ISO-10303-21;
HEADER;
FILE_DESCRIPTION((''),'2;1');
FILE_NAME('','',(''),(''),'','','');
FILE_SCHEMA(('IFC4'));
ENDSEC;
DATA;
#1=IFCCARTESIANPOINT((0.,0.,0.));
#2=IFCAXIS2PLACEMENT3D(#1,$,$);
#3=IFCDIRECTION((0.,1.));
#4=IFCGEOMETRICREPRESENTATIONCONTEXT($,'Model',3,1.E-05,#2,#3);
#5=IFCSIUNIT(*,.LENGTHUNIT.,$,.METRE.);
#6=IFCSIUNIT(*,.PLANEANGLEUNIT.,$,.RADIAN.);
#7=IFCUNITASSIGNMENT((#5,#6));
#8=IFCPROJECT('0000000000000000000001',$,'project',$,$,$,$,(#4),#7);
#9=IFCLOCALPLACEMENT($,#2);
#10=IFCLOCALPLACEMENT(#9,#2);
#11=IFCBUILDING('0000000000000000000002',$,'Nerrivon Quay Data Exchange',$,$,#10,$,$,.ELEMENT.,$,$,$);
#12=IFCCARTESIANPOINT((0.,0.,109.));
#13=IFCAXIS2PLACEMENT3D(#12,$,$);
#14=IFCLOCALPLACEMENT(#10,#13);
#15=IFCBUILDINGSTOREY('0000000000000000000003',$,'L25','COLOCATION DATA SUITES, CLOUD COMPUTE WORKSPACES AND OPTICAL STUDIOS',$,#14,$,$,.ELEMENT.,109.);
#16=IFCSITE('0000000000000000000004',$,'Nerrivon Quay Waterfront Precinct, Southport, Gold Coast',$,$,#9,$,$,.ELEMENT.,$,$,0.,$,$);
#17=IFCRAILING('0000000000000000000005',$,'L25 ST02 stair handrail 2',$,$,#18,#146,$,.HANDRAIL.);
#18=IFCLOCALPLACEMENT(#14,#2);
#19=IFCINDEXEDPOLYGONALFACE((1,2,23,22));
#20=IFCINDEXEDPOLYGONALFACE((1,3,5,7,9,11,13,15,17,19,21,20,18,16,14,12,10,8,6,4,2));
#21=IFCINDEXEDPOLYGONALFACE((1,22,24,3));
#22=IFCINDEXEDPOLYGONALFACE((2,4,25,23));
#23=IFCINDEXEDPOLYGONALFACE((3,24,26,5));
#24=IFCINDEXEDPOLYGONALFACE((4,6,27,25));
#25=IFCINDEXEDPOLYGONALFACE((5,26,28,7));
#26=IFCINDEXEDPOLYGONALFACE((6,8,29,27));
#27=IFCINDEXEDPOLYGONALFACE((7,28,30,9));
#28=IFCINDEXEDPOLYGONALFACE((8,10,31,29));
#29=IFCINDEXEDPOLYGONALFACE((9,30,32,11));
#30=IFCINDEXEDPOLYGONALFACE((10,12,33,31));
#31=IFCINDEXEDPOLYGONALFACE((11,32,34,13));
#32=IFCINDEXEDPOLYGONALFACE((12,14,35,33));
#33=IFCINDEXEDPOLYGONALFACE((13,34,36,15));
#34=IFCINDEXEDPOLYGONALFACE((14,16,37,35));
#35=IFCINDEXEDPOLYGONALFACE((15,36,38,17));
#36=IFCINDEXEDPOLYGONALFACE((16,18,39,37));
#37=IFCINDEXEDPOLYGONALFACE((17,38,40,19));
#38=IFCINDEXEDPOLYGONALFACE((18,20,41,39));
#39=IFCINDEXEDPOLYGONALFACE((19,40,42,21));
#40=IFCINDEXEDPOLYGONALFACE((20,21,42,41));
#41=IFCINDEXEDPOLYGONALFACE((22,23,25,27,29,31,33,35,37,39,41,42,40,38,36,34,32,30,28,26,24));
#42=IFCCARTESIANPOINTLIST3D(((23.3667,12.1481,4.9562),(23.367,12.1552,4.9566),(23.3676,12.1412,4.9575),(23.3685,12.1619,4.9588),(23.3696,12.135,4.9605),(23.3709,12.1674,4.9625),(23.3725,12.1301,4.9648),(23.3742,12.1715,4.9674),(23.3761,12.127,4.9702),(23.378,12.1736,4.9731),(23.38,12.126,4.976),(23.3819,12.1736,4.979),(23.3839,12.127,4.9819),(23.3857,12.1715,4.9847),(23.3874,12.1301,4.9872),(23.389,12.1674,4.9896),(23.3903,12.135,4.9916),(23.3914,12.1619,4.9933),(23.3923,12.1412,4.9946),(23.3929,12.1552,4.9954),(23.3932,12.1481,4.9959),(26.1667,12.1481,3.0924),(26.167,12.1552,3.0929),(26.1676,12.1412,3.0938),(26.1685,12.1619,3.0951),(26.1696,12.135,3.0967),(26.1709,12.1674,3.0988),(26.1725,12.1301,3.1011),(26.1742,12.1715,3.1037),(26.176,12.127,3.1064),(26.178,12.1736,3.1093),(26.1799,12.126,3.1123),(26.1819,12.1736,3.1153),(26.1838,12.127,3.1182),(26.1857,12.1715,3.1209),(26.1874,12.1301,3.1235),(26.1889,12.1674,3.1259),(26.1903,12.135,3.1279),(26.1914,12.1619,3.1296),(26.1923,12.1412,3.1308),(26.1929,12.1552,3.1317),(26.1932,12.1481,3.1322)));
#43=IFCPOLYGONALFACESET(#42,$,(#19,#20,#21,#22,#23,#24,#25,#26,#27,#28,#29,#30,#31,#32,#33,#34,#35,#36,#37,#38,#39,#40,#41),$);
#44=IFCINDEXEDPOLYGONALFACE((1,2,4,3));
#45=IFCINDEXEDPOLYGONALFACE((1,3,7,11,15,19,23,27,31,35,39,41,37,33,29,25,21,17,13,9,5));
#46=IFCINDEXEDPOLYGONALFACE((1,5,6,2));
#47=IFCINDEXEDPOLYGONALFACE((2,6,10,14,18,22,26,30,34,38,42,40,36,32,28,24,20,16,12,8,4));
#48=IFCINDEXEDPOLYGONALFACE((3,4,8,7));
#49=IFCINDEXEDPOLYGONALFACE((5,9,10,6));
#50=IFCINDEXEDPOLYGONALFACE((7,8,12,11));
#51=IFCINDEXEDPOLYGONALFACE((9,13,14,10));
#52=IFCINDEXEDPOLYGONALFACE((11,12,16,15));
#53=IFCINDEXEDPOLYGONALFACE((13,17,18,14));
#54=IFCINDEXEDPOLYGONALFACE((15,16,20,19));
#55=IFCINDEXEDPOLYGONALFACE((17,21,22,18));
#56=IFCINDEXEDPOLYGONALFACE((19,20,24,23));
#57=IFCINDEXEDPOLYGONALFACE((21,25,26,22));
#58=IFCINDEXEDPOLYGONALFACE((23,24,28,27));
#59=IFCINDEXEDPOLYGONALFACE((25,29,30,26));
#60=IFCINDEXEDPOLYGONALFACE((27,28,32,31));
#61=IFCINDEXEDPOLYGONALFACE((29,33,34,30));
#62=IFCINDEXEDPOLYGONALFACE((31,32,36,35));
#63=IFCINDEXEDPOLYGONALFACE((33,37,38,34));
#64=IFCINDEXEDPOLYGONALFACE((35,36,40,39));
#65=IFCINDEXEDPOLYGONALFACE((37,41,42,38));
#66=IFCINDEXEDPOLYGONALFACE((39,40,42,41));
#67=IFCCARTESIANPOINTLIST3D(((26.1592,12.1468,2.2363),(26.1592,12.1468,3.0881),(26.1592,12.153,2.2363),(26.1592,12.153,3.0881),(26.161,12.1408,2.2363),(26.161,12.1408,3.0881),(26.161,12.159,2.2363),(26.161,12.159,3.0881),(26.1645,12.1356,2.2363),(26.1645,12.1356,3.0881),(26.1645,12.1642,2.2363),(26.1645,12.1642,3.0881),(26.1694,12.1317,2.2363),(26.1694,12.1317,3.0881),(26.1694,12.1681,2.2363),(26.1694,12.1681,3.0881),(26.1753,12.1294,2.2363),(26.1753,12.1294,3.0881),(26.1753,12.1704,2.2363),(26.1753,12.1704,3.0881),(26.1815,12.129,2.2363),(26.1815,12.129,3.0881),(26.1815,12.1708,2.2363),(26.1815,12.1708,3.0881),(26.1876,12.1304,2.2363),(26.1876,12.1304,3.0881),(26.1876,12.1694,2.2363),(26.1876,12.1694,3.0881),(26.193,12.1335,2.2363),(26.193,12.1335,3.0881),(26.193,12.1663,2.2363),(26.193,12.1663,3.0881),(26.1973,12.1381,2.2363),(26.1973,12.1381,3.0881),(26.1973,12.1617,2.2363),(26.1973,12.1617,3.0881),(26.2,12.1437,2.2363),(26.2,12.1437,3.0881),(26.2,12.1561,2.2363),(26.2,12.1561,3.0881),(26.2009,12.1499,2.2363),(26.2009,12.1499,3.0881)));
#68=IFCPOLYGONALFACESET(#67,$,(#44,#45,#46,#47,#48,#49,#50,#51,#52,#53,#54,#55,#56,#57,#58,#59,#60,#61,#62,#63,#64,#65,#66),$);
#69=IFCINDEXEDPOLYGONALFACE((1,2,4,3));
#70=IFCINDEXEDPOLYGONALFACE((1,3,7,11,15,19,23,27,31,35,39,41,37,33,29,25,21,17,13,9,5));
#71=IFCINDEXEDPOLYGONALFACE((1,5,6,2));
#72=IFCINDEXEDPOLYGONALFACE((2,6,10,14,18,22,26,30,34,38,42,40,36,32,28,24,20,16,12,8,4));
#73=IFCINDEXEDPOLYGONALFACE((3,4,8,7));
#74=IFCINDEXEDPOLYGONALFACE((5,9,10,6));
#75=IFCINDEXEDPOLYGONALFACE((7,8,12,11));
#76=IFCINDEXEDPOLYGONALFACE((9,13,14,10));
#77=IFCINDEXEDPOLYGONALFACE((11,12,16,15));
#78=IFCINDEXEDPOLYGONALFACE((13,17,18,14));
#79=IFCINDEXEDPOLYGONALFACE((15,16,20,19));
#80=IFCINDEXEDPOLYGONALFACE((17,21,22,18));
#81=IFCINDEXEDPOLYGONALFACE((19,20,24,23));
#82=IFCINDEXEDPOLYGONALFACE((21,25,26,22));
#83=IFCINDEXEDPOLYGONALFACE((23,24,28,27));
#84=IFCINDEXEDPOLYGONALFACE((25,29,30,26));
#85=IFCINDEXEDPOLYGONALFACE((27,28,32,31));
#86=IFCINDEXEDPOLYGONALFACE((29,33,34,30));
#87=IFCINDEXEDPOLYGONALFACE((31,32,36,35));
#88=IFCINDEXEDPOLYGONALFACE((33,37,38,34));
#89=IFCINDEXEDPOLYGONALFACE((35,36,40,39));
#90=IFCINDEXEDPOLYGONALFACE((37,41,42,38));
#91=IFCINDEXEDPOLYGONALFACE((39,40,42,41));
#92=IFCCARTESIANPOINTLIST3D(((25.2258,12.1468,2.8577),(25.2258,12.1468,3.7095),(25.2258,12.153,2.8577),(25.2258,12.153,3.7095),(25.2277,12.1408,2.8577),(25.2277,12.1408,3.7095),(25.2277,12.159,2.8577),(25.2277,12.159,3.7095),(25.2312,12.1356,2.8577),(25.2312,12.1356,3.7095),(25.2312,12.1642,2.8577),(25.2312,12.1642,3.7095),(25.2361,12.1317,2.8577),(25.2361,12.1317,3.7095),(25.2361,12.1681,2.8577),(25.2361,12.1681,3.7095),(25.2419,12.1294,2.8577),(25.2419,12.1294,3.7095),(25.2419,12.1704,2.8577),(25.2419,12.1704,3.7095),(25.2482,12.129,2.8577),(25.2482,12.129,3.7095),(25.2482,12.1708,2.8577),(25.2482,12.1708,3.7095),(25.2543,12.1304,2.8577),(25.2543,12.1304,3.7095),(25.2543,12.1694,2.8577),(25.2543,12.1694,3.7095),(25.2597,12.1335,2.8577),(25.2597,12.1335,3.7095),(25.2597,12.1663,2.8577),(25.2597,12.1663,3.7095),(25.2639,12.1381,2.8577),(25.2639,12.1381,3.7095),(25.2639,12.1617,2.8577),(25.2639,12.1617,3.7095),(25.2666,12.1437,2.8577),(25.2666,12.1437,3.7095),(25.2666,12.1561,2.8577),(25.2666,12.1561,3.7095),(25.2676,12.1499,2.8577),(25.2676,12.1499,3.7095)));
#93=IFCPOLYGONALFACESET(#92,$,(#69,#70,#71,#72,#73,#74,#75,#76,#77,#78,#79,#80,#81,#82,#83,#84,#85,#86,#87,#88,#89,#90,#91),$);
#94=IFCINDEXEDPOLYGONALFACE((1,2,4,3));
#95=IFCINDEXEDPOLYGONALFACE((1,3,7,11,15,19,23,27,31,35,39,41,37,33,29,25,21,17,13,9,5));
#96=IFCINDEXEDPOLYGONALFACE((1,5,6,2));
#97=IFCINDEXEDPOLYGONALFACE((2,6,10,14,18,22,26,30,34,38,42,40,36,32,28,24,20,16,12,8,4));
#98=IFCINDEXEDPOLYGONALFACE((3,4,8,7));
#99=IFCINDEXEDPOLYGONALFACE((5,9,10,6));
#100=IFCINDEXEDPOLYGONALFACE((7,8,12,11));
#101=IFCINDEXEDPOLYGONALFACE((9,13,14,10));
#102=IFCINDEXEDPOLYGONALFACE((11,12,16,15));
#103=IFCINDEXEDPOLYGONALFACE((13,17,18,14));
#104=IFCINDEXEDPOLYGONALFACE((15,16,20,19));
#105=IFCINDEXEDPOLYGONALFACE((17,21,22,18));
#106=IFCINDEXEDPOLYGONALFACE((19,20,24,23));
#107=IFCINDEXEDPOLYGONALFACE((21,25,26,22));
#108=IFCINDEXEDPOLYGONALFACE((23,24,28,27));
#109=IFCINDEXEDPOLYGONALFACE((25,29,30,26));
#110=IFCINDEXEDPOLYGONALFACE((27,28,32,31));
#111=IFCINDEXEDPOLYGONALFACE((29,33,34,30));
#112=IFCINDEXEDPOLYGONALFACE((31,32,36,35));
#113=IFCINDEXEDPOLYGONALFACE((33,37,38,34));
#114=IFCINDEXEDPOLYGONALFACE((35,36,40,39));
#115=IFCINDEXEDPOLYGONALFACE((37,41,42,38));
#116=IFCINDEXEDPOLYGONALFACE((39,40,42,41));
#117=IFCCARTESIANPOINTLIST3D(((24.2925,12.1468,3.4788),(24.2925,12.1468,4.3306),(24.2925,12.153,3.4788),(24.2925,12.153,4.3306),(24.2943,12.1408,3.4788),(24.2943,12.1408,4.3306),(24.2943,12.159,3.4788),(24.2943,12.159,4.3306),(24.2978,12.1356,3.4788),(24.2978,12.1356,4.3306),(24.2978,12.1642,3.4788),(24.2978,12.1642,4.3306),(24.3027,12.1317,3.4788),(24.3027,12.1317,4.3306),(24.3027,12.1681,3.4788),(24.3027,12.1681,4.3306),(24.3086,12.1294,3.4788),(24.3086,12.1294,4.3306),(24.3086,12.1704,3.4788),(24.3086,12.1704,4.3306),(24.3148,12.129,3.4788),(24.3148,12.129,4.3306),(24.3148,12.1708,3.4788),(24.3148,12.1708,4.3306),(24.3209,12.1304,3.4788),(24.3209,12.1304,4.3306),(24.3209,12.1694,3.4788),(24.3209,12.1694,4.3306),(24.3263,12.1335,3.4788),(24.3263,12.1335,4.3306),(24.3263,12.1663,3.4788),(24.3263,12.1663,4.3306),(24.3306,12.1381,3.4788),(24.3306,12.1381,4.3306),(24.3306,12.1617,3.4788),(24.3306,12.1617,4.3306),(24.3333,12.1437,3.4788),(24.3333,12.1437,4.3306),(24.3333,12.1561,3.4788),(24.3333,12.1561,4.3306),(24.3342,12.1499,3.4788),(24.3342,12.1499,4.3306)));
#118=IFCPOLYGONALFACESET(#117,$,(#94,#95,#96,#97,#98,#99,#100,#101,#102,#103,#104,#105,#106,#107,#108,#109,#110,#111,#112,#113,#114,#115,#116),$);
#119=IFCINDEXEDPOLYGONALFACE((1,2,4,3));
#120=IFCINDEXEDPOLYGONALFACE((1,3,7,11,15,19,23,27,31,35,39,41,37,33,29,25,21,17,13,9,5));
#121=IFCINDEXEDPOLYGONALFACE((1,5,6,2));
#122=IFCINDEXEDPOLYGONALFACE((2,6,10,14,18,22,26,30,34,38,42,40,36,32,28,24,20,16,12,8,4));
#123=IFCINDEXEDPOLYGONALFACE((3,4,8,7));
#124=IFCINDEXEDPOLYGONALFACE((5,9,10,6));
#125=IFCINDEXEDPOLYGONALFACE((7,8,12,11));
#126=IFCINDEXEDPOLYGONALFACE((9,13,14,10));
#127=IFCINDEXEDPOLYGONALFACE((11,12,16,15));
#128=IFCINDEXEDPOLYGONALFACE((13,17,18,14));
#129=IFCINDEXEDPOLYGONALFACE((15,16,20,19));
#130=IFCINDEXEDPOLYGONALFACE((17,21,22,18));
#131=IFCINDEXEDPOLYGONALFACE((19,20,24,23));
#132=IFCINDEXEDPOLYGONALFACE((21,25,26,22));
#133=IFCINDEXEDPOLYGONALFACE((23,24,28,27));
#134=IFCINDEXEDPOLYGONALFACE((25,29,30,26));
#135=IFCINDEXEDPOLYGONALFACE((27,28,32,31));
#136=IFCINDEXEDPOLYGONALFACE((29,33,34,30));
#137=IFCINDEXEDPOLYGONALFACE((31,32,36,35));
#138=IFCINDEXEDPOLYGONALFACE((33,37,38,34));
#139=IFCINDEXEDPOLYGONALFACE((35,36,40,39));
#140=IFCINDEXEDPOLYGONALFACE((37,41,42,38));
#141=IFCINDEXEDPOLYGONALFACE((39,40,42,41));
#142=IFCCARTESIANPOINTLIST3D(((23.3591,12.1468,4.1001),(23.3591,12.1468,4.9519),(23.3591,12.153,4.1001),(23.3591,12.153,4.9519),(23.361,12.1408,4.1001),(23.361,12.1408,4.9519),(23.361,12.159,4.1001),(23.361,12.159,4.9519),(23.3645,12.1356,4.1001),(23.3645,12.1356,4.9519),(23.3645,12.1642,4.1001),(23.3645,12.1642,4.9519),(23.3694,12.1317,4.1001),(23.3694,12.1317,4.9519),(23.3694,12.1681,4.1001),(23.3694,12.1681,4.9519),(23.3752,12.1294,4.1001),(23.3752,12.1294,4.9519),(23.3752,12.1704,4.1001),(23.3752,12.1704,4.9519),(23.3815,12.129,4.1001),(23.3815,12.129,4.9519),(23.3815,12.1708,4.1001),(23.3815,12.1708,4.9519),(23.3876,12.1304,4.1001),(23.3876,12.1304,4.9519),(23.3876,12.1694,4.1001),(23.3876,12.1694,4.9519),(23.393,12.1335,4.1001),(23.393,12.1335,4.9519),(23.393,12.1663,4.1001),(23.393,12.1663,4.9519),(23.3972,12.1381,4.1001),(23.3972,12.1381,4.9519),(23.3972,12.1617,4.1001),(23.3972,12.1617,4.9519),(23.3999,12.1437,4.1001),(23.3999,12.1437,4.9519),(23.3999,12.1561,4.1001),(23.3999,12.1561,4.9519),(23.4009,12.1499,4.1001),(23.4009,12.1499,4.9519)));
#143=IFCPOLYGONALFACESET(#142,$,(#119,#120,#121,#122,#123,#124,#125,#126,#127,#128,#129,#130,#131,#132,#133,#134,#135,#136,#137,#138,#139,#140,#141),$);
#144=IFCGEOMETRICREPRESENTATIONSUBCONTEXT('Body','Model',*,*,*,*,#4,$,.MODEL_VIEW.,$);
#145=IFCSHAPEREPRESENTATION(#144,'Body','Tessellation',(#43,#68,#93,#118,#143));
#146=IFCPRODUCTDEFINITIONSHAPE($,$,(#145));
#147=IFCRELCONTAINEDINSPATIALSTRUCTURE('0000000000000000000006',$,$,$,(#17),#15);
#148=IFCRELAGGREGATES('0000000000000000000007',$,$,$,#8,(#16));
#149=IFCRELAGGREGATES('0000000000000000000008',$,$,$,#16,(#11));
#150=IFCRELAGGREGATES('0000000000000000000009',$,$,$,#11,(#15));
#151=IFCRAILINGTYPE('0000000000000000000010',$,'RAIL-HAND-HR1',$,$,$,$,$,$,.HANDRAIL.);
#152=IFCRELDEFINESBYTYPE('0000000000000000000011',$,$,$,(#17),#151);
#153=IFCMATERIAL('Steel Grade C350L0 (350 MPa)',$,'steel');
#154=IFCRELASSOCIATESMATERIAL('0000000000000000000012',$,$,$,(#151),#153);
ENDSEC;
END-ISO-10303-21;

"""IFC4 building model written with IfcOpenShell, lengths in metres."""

from ifc_helpers import new_model, si_unit, direction, frame, origin, origin_2d, place, context, subcontext, project, spatial, circle, extrude, material, type_object, element, save


model = new_model("IFC4")

# Units and contexts
model_context = context("Model", 3, precision=1e-05, world=origin(), true_north=direction((0.0, 1.0)))
body_context = subcontext(model_context, "Body", "Model", "MODEL_VIEW")
ifc_project = project(units=[si_unit("LENGTHUNIT", "METRE"), si_unit("PLANEANGLEUNIT", "RADIAN")], contexts=[model_context])

# Site, building, storey
site_placement = place(None, origin())
site = spatial("IfcSite", under=ifc_project, at=site_placement, Name="Nerrivon Quay Waterfront Precinct, Southport, Gold Coast", CompositionType="ELEMENT", RefElevation=0.0)
building_placement = place(site_placement, origin())
building = spatial("IfcBuilding", under=site, at=building_placement, Name="Nerrivon Quay Data Exchange", CompositionType="ELEMENT")
storey_placement = place(building_placement, frame((0.0, 0.0, 109.0)))
storey = spatial("IfcBuildingStorey", under=building, at=storey_placement, Name="L25", Description="COLOCATION DATA SUITES, CLOUD COMPUTE WORKSPACES AND OPTICAL STUDIOS", CompositionType="ELEMENT", Elevation=109.0)

# Railing
ifc_material_1 = material(Name="Steel Grade C350L0 (350 MPa)", Category="steel")
railing_type_1 = type_object("IfcRailingType", Name="RAIL-HAND-HR1", PredefinedType="HANDRAIL", material=ifc_material_1)
railing_1_placement = place(storey_placement, frame((26.1799, 12.1499, 2.2363)))
element("IfcRailing", 1, at=railing_1_placement, inside=storey, type_object=railing_type_1, Name="L25 ST02 stair handrail 2", PredefinedType="HANDRAIL", context=body_context, shape_type="SweptSolid", body=[
    extrude(circle(Radius=0.0239, at=origin_2d()), frame((0.0, 0.0, 0.876), z_axis=(-0.832452, 0.0, 0.554097), x_axis=(0.0, -1.0, 0.0)), (0.0, 0.0, 1.0), 3.3635),
    extrude(circle(Radius=0.021, at=origin_2d()), origin(), (0.0, 0.0, 1.0), 0.8518),
    extrude(circle(Radius=0.021, at=origin_2d()), frame((-0.9333, 0.0, 0.6213)), (0.0, 0.0, 1.0), 0.8518),
    extrude(circle(Radius=0.021, at=origin_2d()), frame((-1.8667, 0.0, 1.2424)), (0.0, 0.0, 1.0), 0.8518),
    extrude(circle(Radius=0.021, at=origin_2d()), frame((-2.8, 0.0, 1.8638)), (0.0, 0.0, 1.0), 0.8518),
])

save(model, "model.ifc")
